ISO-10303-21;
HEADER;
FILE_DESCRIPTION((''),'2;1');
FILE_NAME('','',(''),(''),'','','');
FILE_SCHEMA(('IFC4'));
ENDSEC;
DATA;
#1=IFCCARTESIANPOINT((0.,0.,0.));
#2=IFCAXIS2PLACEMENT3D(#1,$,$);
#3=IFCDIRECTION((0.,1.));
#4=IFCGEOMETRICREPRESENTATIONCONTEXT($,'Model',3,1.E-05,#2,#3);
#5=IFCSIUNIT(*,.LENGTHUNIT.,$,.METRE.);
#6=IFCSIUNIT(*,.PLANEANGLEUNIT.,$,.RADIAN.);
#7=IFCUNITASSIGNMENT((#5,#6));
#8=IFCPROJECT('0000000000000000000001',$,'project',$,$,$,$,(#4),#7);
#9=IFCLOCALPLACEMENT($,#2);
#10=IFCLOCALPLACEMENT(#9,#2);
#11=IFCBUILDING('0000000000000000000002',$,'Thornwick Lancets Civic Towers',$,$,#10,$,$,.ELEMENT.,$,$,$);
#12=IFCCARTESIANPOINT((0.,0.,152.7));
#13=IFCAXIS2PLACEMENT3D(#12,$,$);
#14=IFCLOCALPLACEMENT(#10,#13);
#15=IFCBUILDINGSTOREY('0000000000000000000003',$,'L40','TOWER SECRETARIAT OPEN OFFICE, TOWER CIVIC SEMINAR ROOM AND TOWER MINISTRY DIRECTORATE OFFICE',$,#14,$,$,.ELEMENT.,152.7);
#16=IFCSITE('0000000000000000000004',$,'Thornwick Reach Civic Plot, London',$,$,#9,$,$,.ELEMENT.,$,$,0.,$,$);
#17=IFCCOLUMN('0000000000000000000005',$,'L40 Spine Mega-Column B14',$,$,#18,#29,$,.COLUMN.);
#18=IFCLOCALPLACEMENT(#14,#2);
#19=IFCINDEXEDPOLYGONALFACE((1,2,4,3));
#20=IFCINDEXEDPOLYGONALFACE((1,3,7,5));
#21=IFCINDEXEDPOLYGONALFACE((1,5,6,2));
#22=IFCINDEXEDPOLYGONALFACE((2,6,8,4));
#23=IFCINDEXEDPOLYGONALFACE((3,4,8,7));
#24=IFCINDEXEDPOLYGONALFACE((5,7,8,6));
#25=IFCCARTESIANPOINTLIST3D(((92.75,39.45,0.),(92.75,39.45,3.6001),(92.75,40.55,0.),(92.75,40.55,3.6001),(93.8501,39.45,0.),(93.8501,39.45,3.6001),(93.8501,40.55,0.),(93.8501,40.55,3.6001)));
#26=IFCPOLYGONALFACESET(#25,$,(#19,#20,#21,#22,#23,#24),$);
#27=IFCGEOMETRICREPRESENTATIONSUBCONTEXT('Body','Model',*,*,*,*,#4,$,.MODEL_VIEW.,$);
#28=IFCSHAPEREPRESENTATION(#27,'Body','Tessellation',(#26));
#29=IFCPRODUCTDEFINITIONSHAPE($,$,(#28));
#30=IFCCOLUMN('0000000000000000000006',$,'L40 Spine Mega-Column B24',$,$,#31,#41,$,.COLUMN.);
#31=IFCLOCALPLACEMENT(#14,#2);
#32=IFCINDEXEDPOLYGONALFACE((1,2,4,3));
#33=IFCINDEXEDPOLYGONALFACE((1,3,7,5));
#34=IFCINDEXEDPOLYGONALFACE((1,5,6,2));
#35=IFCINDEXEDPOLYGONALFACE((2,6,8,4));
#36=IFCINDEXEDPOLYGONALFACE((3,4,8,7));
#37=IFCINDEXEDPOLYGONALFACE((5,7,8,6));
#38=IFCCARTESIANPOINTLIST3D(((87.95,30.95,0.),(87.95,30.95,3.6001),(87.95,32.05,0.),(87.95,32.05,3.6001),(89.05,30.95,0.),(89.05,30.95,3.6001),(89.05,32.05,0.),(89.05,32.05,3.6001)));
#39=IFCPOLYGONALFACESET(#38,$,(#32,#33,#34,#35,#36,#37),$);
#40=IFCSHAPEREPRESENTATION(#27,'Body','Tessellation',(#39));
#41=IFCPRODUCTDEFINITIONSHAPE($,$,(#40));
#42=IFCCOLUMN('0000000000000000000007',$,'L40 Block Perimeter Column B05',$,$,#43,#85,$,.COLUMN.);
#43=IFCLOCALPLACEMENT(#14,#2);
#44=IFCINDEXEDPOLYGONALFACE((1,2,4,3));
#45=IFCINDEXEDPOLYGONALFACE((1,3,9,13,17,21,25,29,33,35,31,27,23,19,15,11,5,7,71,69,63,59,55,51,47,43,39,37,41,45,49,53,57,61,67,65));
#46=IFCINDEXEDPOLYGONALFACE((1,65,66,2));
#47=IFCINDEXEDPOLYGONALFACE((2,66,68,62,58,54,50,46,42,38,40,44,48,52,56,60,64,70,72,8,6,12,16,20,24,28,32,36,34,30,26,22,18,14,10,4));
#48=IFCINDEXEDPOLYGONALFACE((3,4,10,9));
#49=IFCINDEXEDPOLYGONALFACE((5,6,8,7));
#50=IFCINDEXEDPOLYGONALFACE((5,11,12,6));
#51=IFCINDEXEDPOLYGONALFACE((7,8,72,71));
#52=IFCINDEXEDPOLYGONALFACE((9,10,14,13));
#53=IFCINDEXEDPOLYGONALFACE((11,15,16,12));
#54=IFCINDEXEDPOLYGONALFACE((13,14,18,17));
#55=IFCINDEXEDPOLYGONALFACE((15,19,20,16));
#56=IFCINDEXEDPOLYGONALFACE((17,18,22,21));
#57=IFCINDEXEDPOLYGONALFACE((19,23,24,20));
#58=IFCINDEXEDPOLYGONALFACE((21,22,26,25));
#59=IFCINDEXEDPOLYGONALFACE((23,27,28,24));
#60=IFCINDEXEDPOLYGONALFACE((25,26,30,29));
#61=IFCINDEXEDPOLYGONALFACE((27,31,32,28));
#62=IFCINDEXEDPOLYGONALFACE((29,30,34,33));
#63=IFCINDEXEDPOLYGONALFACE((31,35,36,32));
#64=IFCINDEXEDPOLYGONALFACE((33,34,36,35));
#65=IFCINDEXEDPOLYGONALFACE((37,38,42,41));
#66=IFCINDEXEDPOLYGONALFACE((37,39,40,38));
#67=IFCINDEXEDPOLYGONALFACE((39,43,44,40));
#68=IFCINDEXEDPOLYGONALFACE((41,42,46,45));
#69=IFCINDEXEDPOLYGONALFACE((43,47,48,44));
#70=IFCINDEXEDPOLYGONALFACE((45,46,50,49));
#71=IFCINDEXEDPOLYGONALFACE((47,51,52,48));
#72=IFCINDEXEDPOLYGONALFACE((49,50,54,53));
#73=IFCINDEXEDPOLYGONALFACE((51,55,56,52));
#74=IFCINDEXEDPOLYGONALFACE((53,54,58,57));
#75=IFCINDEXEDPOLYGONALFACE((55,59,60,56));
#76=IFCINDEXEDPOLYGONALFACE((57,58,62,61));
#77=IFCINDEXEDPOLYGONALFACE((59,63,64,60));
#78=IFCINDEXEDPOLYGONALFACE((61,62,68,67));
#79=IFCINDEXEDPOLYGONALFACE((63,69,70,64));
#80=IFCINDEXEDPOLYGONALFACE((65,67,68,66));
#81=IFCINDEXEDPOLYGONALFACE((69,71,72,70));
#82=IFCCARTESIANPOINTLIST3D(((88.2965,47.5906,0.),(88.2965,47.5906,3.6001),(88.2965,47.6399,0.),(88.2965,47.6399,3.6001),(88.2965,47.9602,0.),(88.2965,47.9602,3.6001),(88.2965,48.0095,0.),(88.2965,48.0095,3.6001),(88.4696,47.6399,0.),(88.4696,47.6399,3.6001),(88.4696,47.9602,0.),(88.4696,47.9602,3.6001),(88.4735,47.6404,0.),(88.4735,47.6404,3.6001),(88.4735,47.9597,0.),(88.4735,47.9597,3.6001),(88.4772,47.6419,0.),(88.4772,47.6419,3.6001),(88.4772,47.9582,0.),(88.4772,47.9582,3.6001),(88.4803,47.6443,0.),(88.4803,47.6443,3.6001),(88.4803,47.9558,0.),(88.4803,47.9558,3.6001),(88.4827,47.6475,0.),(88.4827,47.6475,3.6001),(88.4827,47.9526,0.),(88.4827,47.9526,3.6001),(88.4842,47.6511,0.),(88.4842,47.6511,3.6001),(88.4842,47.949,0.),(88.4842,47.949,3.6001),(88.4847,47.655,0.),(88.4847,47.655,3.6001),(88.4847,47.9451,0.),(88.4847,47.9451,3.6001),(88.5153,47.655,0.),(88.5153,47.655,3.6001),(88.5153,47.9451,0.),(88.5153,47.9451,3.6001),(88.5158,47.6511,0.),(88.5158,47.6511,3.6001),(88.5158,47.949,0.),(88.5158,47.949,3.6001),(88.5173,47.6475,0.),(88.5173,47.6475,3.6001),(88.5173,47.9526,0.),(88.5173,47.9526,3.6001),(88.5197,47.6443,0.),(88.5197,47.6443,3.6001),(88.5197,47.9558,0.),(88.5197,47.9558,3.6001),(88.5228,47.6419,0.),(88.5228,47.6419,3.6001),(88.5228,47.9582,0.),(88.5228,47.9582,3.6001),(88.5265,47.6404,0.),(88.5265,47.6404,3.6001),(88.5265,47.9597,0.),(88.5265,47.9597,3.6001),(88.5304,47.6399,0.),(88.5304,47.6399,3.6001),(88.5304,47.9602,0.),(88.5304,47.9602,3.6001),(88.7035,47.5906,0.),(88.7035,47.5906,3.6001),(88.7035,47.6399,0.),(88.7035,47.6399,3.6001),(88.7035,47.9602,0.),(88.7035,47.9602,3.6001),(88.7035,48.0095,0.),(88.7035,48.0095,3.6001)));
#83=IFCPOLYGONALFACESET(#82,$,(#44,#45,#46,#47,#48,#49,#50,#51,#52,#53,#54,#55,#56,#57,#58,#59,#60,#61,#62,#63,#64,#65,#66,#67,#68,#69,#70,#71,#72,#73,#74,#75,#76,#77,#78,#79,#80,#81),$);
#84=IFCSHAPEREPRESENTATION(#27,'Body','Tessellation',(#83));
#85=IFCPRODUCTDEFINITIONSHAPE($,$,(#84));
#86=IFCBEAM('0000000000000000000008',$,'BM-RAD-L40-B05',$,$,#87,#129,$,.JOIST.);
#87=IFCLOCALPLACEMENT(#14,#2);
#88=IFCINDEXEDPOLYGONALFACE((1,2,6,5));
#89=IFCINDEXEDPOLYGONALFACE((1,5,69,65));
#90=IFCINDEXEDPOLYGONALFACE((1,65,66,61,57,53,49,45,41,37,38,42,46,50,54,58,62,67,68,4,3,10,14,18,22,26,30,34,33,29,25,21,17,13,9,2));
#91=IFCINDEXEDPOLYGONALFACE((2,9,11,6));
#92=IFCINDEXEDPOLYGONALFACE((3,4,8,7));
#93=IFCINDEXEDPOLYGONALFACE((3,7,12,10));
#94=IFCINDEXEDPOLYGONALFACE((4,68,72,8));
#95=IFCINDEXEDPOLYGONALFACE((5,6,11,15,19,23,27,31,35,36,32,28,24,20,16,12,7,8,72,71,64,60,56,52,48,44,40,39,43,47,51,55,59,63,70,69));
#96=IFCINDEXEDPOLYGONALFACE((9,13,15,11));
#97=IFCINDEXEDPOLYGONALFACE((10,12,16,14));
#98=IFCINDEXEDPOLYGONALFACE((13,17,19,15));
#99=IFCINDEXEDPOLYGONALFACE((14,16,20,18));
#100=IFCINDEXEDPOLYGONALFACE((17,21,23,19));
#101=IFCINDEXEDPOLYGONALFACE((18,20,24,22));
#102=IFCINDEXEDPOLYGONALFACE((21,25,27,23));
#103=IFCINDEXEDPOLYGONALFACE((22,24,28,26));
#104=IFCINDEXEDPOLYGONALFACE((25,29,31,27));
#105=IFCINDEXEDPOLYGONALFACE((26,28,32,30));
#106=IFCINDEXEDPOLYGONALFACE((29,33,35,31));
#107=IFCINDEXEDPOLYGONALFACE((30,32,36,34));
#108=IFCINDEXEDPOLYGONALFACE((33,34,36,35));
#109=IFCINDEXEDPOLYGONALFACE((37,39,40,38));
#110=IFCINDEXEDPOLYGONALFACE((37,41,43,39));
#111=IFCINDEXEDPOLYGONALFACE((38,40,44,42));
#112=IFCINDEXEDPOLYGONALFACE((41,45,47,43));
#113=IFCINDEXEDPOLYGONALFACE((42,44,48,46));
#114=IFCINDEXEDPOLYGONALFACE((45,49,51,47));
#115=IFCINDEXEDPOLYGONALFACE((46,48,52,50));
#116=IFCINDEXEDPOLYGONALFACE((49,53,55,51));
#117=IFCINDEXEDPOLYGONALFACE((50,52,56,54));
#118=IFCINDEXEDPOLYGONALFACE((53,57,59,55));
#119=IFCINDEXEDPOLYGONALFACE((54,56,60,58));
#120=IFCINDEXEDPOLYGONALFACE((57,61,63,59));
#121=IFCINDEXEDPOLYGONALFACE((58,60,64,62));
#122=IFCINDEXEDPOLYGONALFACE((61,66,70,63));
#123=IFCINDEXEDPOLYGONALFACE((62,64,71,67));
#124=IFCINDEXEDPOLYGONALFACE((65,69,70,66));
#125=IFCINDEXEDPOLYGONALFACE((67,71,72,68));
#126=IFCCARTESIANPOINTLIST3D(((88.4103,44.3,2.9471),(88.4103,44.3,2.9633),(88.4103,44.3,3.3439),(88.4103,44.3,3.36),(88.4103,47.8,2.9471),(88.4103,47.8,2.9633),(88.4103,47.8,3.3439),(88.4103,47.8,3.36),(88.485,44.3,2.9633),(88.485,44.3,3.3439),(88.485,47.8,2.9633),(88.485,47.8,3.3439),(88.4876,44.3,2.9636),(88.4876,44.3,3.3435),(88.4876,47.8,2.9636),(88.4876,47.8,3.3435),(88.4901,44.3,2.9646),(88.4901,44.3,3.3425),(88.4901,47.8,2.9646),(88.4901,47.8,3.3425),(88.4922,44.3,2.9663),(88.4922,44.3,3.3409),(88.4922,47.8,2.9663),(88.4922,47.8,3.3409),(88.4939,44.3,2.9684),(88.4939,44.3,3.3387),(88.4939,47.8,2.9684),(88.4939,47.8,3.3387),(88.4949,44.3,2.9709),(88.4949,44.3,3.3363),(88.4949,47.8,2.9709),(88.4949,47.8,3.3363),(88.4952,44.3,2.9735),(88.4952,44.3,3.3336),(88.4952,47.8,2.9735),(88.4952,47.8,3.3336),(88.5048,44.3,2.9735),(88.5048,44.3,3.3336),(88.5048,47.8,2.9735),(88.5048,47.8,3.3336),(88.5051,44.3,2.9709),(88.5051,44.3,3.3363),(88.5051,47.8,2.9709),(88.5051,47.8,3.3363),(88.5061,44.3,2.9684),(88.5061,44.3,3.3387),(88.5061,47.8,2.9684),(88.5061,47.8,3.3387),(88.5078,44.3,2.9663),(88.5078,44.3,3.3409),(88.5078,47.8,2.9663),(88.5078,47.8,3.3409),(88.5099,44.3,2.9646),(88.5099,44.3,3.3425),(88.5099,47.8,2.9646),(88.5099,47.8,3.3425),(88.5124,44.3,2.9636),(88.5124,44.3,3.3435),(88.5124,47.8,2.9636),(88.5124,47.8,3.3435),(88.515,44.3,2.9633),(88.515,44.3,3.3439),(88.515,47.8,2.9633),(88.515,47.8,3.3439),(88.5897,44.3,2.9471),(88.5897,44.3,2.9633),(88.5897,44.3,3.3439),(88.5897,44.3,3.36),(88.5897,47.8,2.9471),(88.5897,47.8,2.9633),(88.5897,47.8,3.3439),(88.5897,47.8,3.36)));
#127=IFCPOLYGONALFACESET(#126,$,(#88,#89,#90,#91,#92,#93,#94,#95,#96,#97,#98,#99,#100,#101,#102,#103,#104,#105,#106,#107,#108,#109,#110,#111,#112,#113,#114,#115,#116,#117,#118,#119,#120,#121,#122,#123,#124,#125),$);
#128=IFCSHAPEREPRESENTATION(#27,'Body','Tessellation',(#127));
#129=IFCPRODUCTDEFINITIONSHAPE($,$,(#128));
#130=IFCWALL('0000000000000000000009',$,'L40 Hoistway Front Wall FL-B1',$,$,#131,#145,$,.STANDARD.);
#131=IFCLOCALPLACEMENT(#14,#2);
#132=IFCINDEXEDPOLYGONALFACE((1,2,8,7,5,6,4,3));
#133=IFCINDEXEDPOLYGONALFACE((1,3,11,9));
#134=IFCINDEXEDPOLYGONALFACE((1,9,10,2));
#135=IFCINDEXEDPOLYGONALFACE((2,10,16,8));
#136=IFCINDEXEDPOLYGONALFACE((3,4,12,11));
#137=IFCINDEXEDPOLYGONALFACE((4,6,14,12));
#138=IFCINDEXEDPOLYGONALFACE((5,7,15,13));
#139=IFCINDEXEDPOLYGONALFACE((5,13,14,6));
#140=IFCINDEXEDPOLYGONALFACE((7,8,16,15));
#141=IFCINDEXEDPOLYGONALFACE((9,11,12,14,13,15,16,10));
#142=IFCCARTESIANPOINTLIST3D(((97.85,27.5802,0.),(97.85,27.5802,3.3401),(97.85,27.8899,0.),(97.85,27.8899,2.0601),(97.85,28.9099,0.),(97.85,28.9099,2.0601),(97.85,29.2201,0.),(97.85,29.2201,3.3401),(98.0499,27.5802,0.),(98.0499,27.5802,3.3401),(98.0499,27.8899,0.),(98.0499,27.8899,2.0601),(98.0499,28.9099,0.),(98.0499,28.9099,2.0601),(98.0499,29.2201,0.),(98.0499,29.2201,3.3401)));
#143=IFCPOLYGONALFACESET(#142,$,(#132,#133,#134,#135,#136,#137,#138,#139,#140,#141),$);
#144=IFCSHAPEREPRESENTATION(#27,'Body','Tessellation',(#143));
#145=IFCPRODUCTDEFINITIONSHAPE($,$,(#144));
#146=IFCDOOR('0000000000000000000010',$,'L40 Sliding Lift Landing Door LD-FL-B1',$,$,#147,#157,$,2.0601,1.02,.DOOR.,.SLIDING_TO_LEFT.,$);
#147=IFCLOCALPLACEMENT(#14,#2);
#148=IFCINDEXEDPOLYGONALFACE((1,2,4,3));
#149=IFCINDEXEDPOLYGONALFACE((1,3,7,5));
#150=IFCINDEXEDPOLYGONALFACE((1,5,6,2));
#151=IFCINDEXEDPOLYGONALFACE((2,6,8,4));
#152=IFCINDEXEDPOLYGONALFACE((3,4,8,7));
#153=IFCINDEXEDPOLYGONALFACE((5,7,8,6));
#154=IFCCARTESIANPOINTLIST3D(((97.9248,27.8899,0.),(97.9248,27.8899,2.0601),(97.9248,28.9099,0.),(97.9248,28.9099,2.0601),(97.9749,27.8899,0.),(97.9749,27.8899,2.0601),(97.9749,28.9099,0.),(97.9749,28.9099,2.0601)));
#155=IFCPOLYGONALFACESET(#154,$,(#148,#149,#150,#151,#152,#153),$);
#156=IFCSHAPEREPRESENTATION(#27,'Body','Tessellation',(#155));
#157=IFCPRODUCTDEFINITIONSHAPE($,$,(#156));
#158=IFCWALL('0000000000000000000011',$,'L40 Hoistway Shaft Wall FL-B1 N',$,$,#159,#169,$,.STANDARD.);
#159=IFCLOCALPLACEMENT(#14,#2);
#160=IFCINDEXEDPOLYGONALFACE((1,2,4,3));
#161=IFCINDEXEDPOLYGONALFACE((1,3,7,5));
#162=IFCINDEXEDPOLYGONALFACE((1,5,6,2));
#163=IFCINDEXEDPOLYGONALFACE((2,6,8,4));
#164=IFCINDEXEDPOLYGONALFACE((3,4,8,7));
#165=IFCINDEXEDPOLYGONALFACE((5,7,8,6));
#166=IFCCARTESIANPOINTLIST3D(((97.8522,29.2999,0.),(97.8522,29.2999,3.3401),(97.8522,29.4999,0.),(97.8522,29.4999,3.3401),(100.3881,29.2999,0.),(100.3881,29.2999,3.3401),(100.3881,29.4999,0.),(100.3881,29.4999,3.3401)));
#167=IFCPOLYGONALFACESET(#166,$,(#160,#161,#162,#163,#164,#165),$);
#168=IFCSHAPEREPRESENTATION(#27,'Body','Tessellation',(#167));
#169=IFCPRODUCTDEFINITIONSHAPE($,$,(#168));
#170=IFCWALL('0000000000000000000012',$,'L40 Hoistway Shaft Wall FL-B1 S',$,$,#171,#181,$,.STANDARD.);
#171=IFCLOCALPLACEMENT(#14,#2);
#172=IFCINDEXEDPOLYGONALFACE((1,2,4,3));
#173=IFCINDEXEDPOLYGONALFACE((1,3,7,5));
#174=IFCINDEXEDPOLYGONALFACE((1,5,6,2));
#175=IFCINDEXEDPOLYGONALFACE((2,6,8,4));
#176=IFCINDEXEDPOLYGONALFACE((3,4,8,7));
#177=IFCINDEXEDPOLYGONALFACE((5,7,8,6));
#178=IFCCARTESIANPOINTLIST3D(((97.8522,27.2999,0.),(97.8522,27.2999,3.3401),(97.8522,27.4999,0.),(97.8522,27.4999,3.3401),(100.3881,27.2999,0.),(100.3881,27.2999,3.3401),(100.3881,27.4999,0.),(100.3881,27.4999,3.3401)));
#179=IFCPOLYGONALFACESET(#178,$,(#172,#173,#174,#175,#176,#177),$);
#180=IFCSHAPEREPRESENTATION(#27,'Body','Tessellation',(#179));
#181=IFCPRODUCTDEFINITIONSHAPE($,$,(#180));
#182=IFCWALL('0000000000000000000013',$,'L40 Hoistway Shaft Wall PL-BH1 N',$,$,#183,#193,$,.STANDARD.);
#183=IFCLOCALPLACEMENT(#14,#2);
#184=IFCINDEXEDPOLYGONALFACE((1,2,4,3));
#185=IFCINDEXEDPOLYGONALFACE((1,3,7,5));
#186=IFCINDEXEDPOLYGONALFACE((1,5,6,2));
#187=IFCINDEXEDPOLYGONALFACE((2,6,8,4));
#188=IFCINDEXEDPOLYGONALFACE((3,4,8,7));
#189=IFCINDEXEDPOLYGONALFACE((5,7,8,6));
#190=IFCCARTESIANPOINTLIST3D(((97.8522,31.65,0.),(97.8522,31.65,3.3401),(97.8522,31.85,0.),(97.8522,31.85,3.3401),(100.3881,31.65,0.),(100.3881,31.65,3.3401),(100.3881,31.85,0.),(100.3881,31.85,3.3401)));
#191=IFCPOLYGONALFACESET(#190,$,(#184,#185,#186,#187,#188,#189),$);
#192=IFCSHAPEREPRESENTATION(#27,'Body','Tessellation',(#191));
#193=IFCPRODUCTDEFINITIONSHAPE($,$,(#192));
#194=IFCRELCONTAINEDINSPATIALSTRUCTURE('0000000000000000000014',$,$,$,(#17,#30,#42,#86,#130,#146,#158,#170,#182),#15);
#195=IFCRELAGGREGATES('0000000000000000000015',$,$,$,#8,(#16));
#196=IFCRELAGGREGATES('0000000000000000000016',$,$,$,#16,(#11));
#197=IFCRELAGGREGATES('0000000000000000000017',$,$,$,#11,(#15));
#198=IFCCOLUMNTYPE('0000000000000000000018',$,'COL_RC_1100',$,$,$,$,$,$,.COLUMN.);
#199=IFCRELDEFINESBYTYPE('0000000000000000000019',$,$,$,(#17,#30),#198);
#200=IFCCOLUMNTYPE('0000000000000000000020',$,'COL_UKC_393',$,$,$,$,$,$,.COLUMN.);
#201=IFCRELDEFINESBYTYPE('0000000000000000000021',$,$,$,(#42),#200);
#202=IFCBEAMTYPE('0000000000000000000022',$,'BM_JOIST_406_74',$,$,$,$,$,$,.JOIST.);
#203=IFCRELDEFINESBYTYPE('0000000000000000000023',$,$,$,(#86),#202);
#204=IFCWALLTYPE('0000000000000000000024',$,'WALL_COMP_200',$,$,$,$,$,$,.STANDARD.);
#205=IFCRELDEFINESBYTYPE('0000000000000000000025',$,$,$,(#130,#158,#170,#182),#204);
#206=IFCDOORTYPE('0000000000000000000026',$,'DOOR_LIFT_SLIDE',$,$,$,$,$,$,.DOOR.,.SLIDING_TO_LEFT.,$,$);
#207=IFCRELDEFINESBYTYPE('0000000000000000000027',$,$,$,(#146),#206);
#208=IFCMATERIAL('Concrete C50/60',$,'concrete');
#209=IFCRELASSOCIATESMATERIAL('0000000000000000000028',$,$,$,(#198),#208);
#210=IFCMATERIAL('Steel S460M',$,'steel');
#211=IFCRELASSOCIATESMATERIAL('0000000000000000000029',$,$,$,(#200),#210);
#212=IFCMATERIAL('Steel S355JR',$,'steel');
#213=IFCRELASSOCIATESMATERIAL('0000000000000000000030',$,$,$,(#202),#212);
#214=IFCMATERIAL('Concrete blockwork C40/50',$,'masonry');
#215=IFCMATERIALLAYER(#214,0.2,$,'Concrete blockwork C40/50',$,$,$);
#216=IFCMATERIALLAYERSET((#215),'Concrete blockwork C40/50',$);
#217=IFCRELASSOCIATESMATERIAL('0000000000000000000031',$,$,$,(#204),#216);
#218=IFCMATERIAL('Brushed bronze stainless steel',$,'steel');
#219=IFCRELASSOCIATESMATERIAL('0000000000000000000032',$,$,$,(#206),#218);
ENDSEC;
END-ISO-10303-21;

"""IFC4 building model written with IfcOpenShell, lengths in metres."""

from ifc_helpers import new_model, si_unit, direction, frame, frame_2d, origin, origin_2d, place, context, subcontext, project, spatial, rectangle, i_section, extrude, material, layer, layer_set, material_profile, profile_set, type_object, element, fill, save


model = new_model("IFC4")

# Units and contexts
model_context = context("Model", 3, precision=1e-05, world=origin(), true_north=direction((0.0, 1.0)))
body_context = subcontext(model_context, "Body", "Model", "MODEL_VIEW")
ifc_project = project(units=[si_unit("LENGTHUNIT", "METRE"), si_unit("PLANEANGLEUNIT", "RADIAN")], contexts=[model_context])

# Site, building, storey
site_placement = place(None, origin())
site = spatial("IfcSite", under=ifc_project, at=site_placement, Name="Thornwick Reach Civic Plot, London", CompositionType="ELEMENT", RefElevation=0.0)
building_placement = place(site_placement, origin())
building = spatial("IfcBuilding", under=site, at=building_placement, Name="Thornwick Lancets Civic Towers", CompositionType="ELEMENT")
storey_placement = place(building_placement, frame((0.0, 0.0, 152.7)))
storey = spatial("IfcBuildingStorey", under=building, at=storey_placement, Name="L40", Description="TOWER SECRETARIAT OPEN OFFICE, TOWER CIVIC SEMINAR ROOM AND TOWER MINISTRY DIRECTORATE OFFICE", CompositionType="ELEMENT", Elevation=152.7)

# Columns
ifc_material_1 = material(Name="Concrete C50/60", Category="concrete")
ifc_material_profile_1 = material_profile(ifc_material_1, rectangle(XDim=1.1001, YDim=1.1001, at=origin_2d()), Name="RC 1100x1100")
ifc_profile_set_1 = profile_set([ifc_material_profile_1], Name="Concrete C50/60")
column_type_1 = type_object("IfcColumnType", Name="COL_RC_1100", PredefinedType="COLUMN", material=ifc_profile_set_1)
for number, where, z_axis, x_axis, name in (
    (1, (93.3, 40.0, 0.0), (0.0, 0.0, 1.0), (1.0, 0.0, 0.0), "L40 Spine Mega-Column B14"),
    (2, (88.5, 31.5, 0.0), (0.0, 0.0, 1.0), (1.0, 0.0, 0.0), "L40 Spine Mega-Column B24"),
):
    element("IfcColumn", number, at=place(storey_placement, frame(where, z_axis=z_axis, x_axis=x_axis)), inside=storey, type_object=column_type_1, Name=name, PredefinedType="COLUMN", context=body_context, shape_type="SweptSolid", body=[
        extrude(rectangle(XDim=1.1001, YDim=1.1001, at=origin_2d()), origin(), (0.0, 0.0, 1.0), 3.6001),
    ])
ifc_material_2 = material(Name="Steel S460M", Category="steel")
ifc_material_profile_2 = material_profile(ifc_material_2, i_section(OverallWidth=0.407, OverallDepth=0.4189, WebThickness=0.0305, FlangeThickness=0.0493, FilletRadius=0.0151, at=origin_2d()), Name="UKC 356x406x393")
ifc_profile_set_2 = profile_set([ifc_material_profile_2], Name="Steel S460M")
column_type_2 = type_object("IfcColumnType", Name="COL_UKC_393", PredefinedType="COLUMN", material=ifc_profile_set_2)
column_placement = place(storey_placement, frame((88.5, 47.8, 0.0), z_axis=(0.0, 0.0, 1.0), x_axis=(1.0, 0.0, 0.0)))
element("IfcColumn", 3, at=column_placement, inside=storey, type_object=column_type_2, Name="L40 Block Perimeter Column B05", PredefinedType="COLUMN", context=body_context, shape_type="SweptSolid", body=[
    extrude(i_section(OverallWidth=0.407, OverallDepth=0.4189, WebThickness=0.0305, FlangeThickness=0.0493, FilletRadius=0.0151, at=origin_2d()), origin(), (0.0, 0.0, 1.0), 3.6001),
])

# Beam
ifc_material_3 = material(Name="Steel S355JR", Category="steel")
ifc_material_profile_3 = material_profile(ifc_material_3, i_section(OverallWidth=0.1794, OverallDepth=0.4128, WebThickness=0.0095, FlangeThickness=0.0161, FilletRadius=0.0103, at=origin_2d()), Name="UKB 406x178x74")
ifc_profile_set_3 = profile_set([ifc_material_profile_3], Name="Steel S355JR")
beam_type = type_object("IfcBeamType", Name="BM_JOIST_406_74", PredefinedType="JOIST", material=ifc_profile_set_3)
beam_placement = place(storey_placement, frame((88.5, 44.3, 3.1536), z_axis=(0.0, 1.0, 0.0), x_axis=(-1.0, 0.0, 0.0)))
element("IfcBeam", 4, at=beam_placement, inside=storey, type_object=beam_type, Name="BM-RAD-L40-B05", PredefinedType="JOIST", context=body_context, shape_type="SweptSolid", body=[
    extrude(i_section(OverallWidth=0.1794, OverallDepth=0.4128, WebThickness=0.0095, FlangeThickness=0.0161, FilletRadius=0.0103, at=origin_2d()), origin(), (0.0, 0.0, 1.0), 3.5),
])

# Wall, opening, door
ifc_material_4 = material(Name="Concrete blockwork C40/50", Category="masonry")
ifc_layer_1 = layer(ifc_material_4, 0.2, Name="Concrete blockwork C40/50")
ifc_layer_set_1 = layer_set([ifc_layer_1], Name="Concrete blockwork C40/50")
wall_type_1 = type_object("IfcWallType", Name="WALL_COMP_200", PredefinedType="STANDARD", material=ifc_layer_set_1)
wall_1_placement = place(storey_placement, frame((97.95, 29.22, 0.0), z_axis=(0.0, 0.0, 1.0), x_axis=(0.0, -1.0, 0.0)))
wall_1 = element("IfcWall", 5, at=wall_1_placement, inside=storey, type_object=wall_type_1, Name="L40 Hoistway Front Wall FL-B1", PredefinedType="STANDARD", context=body_context, shape_type="SweptSolid", body=[
    extrude(rectangle(XDim=1.6399, YDim=0.2, at=frame_2d((0.8198, 0.0))), origin(), (0.0, 0.0, 1.0), 3.3401),
])
opening_1_placement = place(wall_1_placement, frame((0.3101, 0.0, 0.0)))
opening_1 = element("IfcOpeningElement", 6, at=opening_1_placement, cuts=wall_1, PredefinedType="OPENING", context=body_context, shape_type="SweptSolid", body=[
    extrude(rectangle(XDim=1.02, YDim=2.0601, at=frame_2d((0.51, 1.03))), frame((0.0, 0.1099, 0.0), z_axis=(0.0, -1.0, 0.0), x_axis=(1.0, 0.0, 0.0)), (0.0, 0.0, 1.0), 0.22),
])
ifc_material_5 = material(Name="Brushed bronze stainless steel", Category="steel")
door_type_1 = type_object("IfcDoorType", Name="DOOR_LIFT_SLIDE", OperationType="SLIDING_TO_LEFT", PredefinedType="DOOR", material=ifc_material_5)
door_1_placement = place(opening_1_placement, origin())
door_1 = element("IfcDoor", 7, at=door_1_placement, inside=storey, type_object=door_type_1, Name="L40 Sliding Lift Landing Door LD-FL-B1", OperationType="SLIDING_TO_LEFT", OverallHeight=2.0601, OverallWidth=1.02, PredefinedType="DOOR", context=body_context, shape_type="SweptSolid", body=[
    extrude(rectangle(XDim=1.02, YDim=2.0601, at=frame_2d((0.51, 1.03))), frame((0.0, 0.0249, 0.0), z_axis=(0.0, -1.0, 0.0), x_axis=(1.0, 0.0, 0.0)), (0.0, 0.0, 1.0), 0.05),
])
fill(opening_1, door_1)

# Walls
for number, where, z_axis, x_axis, name in (
    (8, (97.8521, 29.3999, 0.0), (0.0, 0.0, 1.0), (1.0, 0.0, 0.0), "L40 Hoistway Shaft Wall FL-B1 N"),
    (9, (97.8521, 27.3999, 0.0), (0.0, 0.0, 1.0), (1.0, 0.0, 0.0), "L40 Hoistway Shaft Wall FL-B1 S"),
    (10, (97.8521, 31.75, 0.0), (0.0, 0.0, 1.0), (1.0, 0.0, 0.0), "L40 Hoistway Shaft Wall PL-BH1 N"),
):
    element("IfcWall", number, at=place(storey_placement, frame(where, z_axis=z_axis, x_axis=x_axis)), inside=storey, type_object=wall_type_1, Name=name, PredefinedType="STANDARD", context=body_context, shape_type="SweptSolid", body=[
        extrude(rectangle(XDim=2.5359, YDim=0.2, at=frame_2d((1.2681, 0.0))), origin(), (0.0, 0.0, 1.0), 3.3401),
    ])

save(model, "model.ifc")
